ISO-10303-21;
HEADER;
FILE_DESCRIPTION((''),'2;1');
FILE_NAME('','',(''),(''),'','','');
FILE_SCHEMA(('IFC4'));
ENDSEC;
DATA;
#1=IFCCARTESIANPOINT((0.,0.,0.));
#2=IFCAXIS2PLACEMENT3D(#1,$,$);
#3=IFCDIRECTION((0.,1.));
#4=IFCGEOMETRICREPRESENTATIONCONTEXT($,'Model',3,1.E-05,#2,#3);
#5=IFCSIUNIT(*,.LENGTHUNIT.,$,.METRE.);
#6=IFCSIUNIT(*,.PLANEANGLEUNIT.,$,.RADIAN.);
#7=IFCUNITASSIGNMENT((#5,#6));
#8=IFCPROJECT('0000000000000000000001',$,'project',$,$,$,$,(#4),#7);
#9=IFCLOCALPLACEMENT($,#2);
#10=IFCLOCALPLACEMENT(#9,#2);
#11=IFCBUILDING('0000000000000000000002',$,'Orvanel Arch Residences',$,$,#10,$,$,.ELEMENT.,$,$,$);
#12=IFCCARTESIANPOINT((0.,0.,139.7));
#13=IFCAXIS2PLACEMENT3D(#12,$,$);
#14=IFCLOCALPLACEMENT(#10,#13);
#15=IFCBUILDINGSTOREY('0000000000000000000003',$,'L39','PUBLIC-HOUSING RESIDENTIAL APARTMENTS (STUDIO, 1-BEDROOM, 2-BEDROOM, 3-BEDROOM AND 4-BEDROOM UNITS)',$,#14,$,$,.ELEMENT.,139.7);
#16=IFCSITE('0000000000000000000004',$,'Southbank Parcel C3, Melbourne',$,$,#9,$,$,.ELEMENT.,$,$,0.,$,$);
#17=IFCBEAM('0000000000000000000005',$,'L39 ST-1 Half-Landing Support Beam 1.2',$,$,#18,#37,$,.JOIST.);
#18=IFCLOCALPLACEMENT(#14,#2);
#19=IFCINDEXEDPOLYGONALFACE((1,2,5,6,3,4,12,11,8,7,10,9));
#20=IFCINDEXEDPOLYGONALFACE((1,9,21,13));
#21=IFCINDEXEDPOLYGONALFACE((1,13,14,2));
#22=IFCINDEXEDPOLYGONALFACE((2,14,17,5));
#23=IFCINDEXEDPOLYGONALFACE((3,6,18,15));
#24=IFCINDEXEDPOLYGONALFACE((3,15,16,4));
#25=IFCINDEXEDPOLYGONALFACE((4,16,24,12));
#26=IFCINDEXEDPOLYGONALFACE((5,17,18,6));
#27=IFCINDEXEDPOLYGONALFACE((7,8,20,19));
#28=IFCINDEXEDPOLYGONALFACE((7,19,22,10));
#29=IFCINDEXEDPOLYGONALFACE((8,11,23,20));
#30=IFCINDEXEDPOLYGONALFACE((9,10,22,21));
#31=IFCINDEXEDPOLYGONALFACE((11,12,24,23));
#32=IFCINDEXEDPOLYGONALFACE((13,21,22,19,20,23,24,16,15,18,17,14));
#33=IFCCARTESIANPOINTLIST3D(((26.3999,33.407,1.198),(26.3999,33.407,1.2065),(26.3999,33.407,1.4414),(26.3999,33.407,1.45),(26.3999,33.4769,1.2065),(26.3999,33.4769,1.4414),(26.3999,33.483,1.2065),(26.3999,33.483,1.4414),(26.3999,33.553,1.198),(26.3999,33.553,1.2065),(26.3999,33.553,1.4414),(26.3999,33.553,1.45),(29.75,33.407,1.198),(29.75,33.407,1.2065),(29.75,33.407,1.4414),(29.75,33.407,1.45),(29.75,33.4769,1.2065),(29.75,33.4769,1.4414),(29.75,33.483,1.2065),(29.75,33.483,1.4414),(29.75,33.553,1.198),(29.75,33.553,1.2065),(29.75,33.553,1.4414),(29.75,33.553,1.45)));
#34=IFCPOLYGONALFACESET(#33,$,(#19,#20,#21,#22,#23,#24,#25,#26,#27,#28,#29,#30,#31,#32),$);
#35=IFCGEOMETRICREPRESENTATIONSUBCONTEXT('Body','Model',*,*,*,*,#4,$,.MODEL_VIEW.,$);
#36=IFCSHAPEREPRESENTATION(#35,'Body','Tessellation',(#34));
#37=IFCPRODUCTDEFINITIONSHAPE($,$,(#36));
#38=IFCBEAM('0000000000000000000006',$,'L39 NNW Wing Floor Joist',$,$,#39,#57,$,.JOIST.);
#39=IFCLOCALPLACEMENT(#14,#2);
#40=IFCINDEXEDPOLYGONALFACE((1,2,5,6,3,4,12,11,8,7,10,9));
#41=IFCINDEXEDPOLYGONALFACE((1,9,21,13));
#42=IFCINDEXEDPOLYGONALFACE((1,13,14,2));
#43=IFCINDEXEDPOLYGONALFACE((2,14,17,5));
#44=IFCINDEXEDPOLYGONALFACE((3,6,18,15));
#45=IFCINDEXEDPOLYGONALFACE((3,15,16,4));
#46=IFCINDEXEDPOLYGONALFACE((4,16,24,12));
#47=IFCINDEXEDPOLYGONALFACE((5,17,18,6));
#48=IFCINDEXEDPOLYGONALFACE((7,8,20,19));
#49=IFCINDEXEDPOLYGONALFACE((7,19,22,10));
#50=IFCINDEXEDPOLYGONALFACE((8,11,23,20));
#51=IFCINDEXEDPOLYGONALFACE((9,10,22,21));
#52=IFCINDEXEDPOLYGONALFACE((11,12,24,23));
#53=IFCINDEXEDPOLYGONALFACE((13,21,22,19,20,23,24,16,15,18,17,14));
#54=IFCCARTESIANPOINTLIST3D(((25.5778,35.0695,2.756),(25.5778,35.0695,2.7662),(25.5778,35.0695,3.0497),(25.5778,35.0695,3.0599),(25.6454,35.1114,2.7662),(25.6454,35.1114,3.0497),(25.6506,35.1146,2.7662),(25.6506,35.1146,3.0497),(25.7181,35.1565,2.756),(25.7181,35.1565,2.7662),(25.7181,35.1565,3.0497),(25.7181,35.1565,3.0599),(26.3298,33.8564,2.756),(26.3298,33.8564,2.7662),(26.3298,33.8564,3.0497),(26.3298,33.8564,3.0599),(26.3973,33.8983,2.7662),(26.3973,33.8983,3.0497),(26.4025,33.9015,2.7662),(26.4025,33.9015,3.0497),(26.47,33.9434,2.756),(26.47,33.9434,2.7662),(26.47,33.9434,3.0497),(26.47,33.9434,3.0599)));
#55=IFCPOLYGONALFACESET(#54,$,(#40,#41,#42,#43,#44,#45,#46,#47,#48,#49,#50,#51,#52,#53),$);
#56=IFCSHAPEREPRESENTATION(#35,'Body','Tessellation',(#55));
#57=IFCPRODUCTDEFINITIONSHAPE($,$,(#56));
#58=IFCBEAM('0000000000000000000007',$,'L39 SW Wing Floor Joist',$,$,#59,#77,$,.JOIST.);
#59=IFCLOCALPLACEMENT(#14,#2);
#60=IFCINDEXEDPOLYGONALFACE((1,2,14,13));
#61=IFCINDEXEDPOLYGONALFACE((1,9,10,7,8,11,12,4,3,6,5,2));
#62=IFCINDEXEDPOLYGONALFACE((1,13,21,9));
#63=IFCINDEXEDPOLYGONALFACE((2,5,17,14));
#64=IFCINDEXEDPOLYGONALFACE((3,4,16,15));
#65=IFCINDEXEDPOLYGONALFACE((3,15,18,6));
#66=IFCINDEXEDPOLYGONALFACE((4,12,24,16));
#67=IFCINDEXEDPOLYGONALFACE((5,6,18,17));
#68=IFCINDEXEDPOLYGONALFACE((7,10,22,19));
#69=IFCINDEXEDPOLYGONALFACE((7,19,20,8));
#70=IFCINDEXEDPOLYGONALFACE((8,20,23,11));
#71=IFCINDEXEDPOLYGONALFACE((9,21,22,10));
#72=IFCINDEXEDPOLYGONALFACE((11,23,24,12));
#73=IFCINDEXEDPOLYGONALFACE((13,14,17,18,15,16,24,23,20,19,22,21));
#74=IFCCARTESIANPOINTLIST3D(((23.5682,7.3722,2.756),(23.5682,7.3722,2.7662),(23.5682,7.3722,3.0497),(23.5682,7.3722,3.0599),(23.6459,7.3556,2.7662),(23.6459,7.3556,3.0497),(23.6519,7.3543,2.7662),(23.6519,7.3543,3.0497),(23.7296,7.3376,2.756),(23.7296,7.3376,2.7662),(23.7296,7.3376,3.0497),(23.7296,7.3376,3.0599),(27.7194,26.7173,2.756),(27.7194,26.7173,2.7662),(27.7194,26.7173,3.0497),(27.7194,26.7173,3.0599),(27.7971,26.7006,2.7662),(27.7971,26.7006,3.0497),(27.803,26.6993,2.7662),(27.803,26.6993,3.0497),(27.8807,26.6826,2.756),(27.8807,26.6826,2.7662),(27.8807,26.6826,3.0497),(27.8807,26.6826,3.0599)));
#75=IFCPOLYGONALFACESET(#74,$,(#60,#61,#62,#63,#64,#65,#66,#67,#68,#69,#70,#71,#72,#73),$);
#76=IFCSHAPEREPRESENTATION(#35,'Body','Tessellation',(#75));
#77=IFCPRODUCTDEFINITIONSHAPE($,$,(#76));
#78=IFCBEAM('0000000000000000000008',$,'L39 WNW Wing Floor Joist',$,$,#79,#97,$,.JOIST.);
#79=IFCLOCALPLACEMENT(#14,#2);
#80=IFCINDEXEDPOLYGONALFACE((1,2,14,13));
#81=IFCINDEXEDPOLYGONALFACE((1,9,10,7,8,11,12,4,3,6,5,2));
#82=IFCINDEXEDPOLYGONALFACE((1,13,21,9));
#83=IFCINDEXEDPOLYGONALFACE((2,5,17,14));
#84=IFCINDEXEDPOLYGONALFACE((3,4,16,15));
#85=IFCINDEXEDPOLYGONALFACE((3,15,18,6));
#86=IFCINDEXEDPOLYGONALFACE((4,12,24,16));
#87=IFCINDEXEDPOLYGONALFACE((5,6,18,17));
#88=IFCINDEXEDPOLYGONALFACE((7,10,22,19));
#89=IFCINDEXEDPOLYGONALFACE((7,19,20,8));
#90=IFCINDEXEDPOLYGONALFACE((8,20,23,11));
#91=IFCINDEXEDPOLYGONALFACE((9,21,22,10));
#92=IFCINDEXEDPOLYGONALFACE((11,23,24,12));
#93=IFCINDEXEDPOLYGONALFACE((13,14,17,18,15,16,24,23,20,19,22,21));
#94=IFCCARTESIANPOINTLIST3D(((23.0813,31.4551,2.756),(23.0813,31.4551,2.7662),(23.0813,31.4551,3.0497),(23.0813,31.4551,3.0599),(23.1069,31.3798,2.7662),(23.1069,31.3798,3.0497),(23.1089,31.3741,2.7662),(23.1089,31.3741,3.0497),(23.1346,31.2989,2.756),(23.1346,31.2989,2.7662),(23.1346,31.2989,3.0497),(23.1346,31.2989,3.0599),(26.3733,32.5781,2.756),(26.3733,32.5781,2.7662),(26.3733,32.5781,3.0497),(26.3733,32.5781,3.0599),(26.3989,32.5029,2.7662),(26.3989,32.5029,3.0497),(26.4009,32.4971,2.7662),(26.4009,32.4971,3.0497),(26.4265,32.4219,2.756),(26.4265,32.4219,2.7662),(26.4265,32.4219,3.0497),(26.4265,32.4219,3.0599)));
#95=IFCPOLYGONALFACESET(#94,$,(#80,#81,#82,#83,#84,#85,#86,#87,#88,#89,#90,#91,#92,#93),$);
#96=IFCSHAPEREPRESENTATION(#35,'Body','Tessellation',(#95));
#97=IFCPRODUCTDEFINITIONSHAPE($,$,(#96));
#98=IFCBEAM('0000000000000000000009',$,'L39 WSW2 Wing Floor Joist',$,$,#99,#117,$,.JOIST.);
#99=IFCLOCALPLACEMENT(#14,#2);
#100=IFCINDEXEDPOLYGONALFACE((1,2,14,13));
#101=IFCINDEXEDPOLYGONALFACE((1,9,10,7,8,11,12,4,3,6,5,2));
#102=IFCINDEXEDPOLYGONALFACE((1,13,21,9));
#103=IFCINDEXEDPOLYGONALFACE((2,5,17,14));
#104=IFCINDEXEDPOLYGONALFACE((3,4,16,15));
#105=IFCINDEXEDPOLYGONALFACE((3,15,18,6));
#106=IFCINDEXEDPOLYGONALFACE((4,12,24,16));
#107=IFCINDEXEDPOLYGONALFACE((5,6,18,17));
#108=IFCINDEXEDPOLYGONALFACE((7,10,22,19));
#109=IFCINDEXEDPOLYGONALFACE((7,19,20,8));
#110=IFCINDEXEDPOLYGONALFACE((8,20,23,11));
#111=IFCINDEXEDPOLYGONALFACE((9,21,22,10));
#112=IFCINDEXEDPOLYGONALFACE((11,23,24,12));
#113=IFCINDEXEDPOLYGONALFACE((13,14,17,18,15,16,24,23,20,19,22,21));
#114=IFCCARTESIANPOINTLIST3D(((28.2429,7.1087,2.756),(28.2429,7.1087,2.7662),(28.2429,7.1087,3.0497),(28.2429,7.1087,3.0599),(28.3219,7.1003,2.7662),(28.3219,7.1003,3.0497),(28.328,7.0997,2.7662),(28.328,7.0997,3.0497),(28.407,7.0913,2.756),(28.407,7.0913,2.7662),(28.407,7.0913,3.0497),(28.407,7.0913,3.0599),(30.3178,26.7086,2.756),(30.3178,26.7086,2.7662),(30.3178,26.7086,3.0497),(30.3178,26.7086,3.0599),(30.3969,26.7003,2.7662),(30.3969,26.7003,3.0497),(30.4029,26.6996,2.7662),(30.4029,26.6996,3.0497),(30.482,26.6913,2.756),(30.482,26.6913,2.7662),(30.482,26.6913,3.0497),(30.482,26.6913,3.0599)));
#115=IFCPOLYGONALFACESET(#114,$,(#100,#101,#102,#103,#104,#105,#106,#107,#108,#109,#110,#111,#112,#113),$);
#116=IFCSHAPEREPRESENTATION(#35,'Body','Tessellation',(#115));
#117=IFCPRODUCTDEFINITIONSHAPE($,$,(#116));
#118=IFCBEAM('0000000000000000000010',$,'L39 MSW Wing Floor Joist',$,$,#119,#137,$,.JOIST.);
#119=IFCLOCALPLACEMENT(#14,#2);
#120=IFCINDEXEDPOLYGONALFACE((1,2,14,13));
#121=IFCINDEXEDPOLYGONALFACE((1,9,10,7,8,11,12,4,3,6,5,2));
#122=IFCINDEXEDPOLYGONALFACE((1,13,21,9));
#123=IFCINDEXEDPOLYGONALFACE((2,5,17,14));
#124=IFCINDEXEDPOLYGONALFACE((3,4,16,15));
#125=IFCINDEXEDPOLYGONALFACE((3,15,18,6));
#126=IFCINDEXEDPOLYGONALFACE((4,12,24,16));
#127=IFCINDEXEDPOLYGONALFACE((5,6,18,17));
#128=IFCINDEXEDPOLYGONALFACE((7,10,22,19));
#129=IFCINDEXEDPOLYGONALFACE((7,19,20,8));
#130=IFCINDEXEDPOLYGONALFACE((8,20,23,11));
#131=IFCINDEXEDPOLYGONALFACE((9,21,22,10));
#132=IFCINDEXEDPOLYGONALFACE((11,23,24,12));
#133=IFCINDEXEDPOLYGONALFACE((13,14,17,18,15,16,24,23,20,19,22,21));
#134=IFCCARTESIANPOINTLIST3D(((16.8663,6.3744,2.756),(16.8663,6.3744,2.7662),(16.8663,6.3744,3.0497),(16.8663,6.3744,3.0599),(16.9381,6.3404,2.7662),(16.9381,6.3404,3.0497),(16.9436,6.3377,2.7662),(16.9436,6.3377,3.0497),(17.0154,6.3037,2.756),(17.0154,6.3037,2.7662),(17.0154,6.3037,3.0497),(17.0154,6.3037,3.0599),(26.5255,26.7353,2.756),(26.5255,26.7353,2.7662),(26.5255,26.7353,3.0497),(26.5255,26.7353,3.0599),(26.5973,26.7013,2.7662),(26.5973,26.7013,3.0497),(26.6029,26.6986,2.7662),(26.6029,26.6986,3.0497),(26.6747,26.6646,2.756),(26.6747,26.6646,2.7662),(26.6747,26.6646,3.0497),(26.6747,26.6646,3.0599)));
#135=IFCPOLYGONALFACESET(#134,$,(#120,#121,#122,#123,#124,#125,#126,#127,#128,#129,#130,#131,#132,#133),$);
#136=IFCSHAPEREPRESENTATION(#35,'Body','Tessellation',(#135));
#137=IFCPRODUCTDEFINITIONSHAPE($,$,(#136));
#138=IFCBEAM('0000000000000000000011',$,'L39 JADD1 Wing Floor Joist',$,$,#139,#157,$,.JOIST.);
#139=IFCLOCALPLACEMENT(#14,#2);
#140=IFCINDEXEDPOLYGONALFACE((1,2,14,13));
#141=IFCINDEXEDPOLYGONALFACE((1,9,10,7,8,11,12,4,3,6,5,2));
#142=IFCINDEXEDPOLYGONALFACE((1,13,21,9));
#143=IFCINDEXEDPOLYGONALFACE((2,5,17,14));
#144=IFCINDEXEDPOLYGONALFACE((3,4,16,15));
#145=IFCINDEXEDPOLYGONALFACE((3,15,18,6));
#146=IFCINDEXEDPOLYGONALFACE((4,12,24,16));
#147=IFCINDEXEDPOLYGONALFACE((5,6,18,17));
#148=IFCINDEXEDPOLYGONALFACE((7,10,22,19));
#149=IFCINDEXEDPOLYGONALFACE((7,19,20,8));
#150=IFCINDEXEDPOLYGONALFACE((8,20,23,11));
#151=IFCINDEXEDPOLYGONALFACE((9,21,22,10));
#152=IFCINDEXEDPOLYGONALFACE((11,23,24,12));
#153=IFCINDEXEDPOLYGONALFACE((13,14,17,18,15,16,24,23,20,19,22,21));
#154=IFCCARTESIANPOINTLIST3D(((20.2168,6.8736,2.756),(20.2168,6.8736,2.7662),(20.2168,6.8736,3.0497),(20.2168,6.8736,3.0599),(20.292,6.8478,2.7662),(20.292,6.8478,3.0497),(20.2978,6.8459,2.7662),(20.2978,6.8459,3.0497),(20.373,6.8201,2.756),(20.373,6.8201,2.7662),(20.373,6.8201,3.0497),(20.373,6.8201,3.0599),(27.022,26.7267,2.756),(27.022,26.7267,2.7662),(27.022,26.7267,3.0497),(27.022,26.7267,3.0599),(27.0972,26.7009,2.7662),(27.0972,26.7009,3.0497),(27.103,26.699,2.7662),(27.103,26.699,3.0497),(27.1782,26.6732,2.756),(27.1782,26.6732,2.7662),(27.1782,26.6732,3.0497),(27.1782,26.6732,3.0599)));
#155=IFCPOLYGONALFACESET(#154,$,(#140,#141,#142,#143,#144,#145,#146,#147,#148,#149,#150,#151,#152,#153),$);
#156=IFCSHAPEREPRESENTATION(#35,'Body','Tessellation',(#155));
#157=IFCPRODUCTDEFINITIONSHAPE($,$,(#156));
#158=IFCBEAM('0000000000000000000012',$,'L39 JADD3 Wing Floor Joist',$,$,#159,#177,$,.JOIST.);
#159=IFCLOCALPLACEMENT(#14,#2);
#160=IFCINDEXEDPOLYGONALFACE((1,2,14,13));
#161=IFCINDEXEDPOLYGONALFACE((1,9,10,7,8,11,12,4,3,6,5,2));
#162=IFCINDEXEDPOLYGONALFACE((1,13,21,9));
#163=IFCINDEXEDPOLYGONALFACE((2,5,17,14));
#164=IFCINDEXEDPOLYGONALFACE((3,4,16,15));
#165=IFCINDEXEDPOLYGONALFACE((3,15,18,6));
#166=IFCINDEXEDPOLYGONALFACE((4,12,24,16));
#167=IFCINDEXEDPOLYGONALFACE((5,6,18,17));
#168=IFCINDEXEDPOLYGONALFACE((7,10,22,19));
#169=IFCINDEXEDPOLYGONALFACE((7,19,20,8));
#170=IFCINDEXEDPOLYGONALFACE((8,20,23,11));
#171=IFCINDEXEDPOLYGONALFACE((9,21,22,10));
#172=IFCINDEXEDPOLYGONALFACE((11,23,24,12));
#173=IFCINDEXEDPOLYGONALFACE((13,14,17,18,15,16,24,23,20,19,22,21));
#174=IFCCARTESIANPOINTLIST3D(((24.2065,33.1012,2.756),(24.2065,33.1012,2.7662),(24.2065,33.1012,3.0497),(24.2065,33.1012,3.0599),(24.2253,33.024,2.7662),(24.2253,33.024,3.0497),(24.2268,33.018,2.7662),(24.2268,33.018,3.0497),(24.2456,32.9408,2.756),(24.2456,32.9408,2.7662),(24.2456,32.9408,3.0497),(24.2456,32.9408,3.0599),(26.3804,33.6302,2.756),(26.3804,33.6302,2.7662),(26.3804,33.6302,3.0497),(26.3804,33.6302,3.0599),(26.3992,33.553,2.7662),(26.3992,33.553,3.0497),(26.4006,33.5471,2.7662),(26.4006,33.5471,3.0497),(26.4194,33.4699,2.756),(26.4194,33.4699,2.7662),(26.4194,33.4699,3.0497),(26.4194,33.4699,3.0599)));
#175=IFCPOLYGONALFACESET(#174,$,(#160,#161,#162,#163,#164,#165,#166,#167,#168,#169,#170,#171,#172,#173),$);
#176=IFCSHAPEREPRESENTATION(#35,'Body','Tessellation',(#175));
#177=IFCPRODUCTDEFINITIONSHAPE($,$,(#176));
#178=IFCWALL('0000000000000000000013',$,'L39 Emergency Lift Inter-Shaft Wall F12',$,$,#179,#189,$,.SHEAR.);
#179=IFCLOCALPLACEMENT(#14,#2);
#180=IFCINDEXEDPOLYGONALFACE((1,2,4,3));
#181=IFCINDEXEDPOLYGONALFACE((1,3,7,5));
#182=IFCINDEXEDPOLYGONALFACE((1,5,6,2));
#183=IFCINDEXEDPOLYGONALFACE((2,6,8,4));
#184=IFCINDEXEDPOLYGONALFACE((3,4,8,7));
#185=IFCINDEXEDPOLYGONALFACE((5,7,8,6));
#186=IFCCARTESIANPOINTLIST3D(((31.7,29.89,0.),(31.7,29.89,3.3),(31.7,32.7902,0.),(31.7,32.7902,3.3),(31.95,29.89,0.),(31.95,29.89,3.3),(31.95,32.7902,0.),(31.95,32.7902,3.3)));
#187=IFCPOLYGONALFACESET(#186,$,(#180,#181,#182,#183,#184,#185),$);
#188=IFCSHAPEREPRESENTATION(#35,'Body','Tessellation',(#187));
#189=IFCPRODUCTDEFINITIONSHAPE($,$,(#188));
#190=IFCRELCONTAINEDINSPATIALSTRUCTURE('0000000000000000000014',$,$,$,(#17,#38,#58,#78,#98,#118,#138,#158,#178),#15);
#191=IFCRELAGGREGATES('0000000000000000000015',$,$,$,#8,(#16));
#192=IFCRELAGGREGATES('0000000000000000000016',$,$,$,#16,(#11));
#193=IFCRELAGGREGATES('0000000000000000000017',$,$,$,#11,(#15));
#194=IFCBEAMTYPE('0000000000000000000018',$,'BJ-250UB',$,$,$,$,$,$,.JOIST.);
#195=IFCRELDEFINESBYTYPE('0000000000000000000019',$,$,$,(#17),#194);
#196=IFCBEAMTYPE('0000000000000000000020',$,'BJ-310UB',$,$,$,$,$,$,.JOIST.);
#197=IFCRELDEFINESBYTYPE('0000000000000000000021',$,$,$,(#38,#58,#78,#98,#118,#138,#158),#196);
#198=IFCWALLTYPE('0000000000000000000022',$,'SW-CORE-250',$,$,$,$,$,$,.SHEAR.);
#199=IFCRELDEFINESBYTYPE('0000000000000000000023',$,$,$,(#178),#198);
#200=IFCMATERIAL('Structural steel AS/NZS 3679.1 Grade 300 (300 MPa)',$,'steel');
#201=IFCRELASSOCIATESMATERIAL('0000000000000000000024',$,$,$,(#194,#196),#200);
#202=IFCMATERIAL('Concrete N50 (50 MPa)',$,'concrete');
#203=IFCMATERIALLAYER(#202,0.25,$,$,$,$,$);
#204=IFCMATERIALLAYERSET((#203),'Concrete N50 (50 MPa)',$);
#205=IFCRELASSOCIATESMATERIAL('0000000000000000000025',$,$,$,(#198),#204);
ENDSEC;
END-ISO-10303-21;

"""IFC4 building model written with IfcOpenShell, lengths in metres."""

from ifc_helpers import new_model, si_unit, direction, frame, frame_2d, origin, origin_2d, place, context, subcontext, project, spatial, rectangle, i_section, extrude, material, layer, layer_set, material_profile, profile_set, type_object, element, save


model = new_model("IFC4")

# Units and contexts
model_context = context("Model", 3, precision=1e-05, world=origin(), true_north=direction((0.0, 1.0)))
body_context = subcontext(model_context, "Body", "Model", "MODEL_VIEW")
ifc_project = project(units=[si_unit("LENGTHUNIT", "METRE"), si_unit("PLANEANGLEUNIT", "RADIAN")], contexts=[model_context])

# Site, building, storey
site_placement = place(None, origin())
site = spatial("IfcSite", under=ifc_project, at=site_placement, Name="Southbank Parcel C3, Melbourne", CompositionType="ELEMENT", RefElevation=0.0)
building_placement = place(site_placement, origin())
building = spatial("IfcBuilding", under=site, at=building_placement, Name="Orvanel Arch Residences", CompositionType="ELEMENT")
storey_placement = place(building_placement, frame((0.0, 0.0, 139.7)))
storey = spatial("IfcBuildingStorey", under=building, at=storey_placement, Name="L39", Description="PUBLIC-HOUSING RESIDENTIAL APARTMENTS (STUDIO, 1-BEDROOM, 2-BEDROOM, 3-BEDROOM AND 4-BEDROOM UNITS)", CompositionType="ELEMENT", Elevation=139.7)

# Beams
ifc_material_1 = material(Name="Structural steel AS/NZS 3679.1 Grade 300 (300 MPa)", Category="steel")
ifc_material_profile_1 = material_profile(ifc_material_1, i_section(OverallWidth=0.146, OverallDepth=0.252, WebThickness=0.0061, FlangeThickness=0.0085, at=origin_2d()), Name="250UB31.4")
ifc_profile_set_1 = profile_set([ifc_material_profile_1], Name="Structural steel AS/NZS 3679.1 Grade 300 (300 MPa)")
beam_type_1 = type_object("IfcBeamType", Name="BJ-250UB", PredefinedType="JOIST", material=ifc_profile_set_1)
beam_1_placement = place(storey_placement, frame((26.3999, 33.48, 1.324), z_axis=(1.0, 0.0, 0.0), x_axis=(0.0, 1.0, 0.0)))
element("IfcBeam", 1, at=beam_1_placement, inside=storey, type_object=beam_type_1, Name="L39 ST-1 Half-Landing Support Beam 1.2", PredefinedType="JOIST", context=body_context, shape_type="SweptSolid", body=[
    extrude(i_section(OverallWidth=0.146, OverallDepth=0.252, WebThickness=0.0061, FlangeThickness=0.0085, at=origin_2d()), origin(), (0.0, 0.0, 1.0), 3.3501),
])
ifc_material_profile_2 = material_profile(ifc_material_1, i_section(OverallWidth=0.165, OverallDepth=0.304, WebThickness=0.0061, FlangeThickness=0.0103, at=origin_2d()), Name="310UB40.4")
ifc_profile_set_2 = profile_set([ifc_material_profile_2], Name="Structural steel AS/NZS 3679.1 Grade 300 (300 MPa)")
beam_type_2 = type_object("IfcBeamType", Name="BJ-310UB", PredefinedType="JOIST", material=ifc_profile_set_2)
beam_2_placement = place(storey_placement, frame((26.3999, 33.8999, 2.908), z_axis=(-0.526843, 0.849962, 0.0), x_axis=(-0.849962, -0.526843, 0.0)))
element("IfcBeam", 2, at=beam_2_placement, inside=storey, type_object=beam_type_2, Name="L39 NNW Wing Floor Joist", PredefinedType="JOIST", context=body_context, shape_type="SweptSolid", body=[
    extrude(i_section(OverallWidth=0.165, OverallDepth=0.304, WebThickness=0.0061, FlangeThickness=0.0103, at=origin_2d()), origin(), (0.0, 0.0, 1.0), 1.4272),
])
beam_3_placement = place(storey_placement, frame((27.8, 26.7, 2.908), z_axis=(-0.209808, -0.977743, 0.0), x_axis=(0.977743, -0.209808, 0.0)))
element("IfcBeam", 3, at=beam_3_placement, inside=storey, type_object=beam_type_2, Name="L39 SW Wing Floor Joist", PredefinedType="JOIST", context=body_context, shape_type="SweptSolid", body=[
    extrude(i_section(OverallWidth=0.165, OverallDepth=0.304, WebThickness=0.0061, FlangeThickness=0.0103, at=origin_2d()), origin(), (0.0, 0.0, 1.0), 19.7854),
])
beam_4_placement = place(storey_placement, frame((26.3999, 32.5, 2.908), z_axis=(-0.946442, -0.322874, 0.0), x_axis=(0.322874, -0.946442, 0.0)))
element("IfcBeam", 4, at=beam_4_placement, inside=storey, type_object=beam_type_2, Name="L39 WNW Wing Floor Joist", PredefinedType="JOIST", context=body_context, shape_type="SweptSolid", body=[
    extrude(i_section(OverallWidth=0.165, OverallDepth=0.304, WebThickness=0.0061, FlangeThickness=0.0103, at=origin_2d()), origin(), (0.0, 0.0, 1.0), 3.4783),
])
beam_5_placement = place(storey_placement, frame((30.3999, 26.7, 2.908), z_axis=(-0.105277, -0.994443, 0.0), x_axis=(0.994443, -0.105277, 0.0)))
element("IfcBeam", 5, at=beam_5_placement, inside=storey, type_object=beam_type_2, Name="L39 WSW2 Wing Floor Joist", PredefinedType="JOIST", context=body_context, shape_type="SweptSolid", body=[
    extrude(i_section(OverallWidth=0.165, OverallDepth=0.304, WebThickness=0.0061, FlangeThickness=0.0103, at=origin_2d()), origin(), (0.0, 0.0, 1.0), 19.7095),
])
beam_6_placement = place(storey_placement, frame((26.6001, 26.7, 2.908), z_axis=(-0.428614, -0.903488, 0.0), x_axis=(0.903488, -0.428614, 0.0)))
element("IfcBeam", 6, at=beam_6_placement, inside=storey, type_object=beam_type_2, Name="L39 MSW Wing Floor Joist", PredefinedType="JOIST", context=body_context, shape_type="SweptSolid", body=[
    extrude(i_section(OverallWidth=0.165, OverallDepth=0.304, WebThickness=0.0061, FlangeThickness=0.0103, at=origin_2d()), origin(), (0.0, 0.0, 1.0), 22.5359),
])
beam_7_placement = place(storey_placement, frame((27.1001, 26.7, 2.908), z_axis=(-0.324257, -0.945969, 0.0), x_axis=(0.945969, -0.324257, 0.0)))
element("IfcBeam", 7, at=beam_7_placement, inside=storey, type_object=beam_type_2, Name="L39 JADD1 Wing Floor Joist", PredefinedType="JOIST", context=body_context, shape_type="SweptSolid", body=[
    extrude(i_section(OverallWidth=0.165, OverallDepth=0.304, WebThickness=0.0061, FlangeThickness=0.0103, at=origin_2d()), origin(), (0.0, 0.0, 1.0), 20.9871),
])
beam_8_placement = place(storey_placement, frame((26.3999, 33.55, 2.908), z_axis=(-0.971638, -0.236471, 0.0), x_axis=(0.236471, -0.971638, 0.0)))
element("IfcBeam", 8, at=beam_8_placement, inside=storey, type_object=beam_type_2, Name="L39 JADD3 Wing Floor Joist", PredefinedType="JOIST", context=body_context, shape_type="SweptSolid", body=[
    extrude(i_section(OverallWidth=0.165, OverallDepth=0.304, WebThickness=0.0061, FlangeThickness=0.0103, at=origin_2d()), origin(), (0.0, 0.0, 1.0), 2.2373),
])

# Wall
ifc_material_2 = material(Name="Concrete N50 (50 MPa)", Category="concrete")
ifc_layer_1 = layer(ifc_material_2, 0.25)
ifc_layer_set_1 = layer_set([ifc_layer_1], Name="Concrete N50 (50 MPa)")
wall_type_1 = type_object("IfcWallType", Name="SW-CORE-250", PredefinedType="SHEAR", material=ifc_layer_set_1)
wall_1_placement = place(storey_placement, frame((31.825, 29.8899, 0.0), z_axis=(0.0, 0.0, 1.0), x_axis=(0.0, 1.0, 0.0)))
element("IfcWall", 9, at=wall_1_placement, inside=storey, type_object=wall_type_1, Name="L39 Emergency Lift Inter-Shaft Wall F12", PredefinedType="SHEAR", context=body_context, shape_type="SweptSolid", body=[
    extrude(rectangle(XDim=2.9001, YDim=0.25, at=frame_2d((1.4502, 0.0))), origin(), (0.0, 0.0, 1.0), 3.3),
])

save(model, "model.ifc")
